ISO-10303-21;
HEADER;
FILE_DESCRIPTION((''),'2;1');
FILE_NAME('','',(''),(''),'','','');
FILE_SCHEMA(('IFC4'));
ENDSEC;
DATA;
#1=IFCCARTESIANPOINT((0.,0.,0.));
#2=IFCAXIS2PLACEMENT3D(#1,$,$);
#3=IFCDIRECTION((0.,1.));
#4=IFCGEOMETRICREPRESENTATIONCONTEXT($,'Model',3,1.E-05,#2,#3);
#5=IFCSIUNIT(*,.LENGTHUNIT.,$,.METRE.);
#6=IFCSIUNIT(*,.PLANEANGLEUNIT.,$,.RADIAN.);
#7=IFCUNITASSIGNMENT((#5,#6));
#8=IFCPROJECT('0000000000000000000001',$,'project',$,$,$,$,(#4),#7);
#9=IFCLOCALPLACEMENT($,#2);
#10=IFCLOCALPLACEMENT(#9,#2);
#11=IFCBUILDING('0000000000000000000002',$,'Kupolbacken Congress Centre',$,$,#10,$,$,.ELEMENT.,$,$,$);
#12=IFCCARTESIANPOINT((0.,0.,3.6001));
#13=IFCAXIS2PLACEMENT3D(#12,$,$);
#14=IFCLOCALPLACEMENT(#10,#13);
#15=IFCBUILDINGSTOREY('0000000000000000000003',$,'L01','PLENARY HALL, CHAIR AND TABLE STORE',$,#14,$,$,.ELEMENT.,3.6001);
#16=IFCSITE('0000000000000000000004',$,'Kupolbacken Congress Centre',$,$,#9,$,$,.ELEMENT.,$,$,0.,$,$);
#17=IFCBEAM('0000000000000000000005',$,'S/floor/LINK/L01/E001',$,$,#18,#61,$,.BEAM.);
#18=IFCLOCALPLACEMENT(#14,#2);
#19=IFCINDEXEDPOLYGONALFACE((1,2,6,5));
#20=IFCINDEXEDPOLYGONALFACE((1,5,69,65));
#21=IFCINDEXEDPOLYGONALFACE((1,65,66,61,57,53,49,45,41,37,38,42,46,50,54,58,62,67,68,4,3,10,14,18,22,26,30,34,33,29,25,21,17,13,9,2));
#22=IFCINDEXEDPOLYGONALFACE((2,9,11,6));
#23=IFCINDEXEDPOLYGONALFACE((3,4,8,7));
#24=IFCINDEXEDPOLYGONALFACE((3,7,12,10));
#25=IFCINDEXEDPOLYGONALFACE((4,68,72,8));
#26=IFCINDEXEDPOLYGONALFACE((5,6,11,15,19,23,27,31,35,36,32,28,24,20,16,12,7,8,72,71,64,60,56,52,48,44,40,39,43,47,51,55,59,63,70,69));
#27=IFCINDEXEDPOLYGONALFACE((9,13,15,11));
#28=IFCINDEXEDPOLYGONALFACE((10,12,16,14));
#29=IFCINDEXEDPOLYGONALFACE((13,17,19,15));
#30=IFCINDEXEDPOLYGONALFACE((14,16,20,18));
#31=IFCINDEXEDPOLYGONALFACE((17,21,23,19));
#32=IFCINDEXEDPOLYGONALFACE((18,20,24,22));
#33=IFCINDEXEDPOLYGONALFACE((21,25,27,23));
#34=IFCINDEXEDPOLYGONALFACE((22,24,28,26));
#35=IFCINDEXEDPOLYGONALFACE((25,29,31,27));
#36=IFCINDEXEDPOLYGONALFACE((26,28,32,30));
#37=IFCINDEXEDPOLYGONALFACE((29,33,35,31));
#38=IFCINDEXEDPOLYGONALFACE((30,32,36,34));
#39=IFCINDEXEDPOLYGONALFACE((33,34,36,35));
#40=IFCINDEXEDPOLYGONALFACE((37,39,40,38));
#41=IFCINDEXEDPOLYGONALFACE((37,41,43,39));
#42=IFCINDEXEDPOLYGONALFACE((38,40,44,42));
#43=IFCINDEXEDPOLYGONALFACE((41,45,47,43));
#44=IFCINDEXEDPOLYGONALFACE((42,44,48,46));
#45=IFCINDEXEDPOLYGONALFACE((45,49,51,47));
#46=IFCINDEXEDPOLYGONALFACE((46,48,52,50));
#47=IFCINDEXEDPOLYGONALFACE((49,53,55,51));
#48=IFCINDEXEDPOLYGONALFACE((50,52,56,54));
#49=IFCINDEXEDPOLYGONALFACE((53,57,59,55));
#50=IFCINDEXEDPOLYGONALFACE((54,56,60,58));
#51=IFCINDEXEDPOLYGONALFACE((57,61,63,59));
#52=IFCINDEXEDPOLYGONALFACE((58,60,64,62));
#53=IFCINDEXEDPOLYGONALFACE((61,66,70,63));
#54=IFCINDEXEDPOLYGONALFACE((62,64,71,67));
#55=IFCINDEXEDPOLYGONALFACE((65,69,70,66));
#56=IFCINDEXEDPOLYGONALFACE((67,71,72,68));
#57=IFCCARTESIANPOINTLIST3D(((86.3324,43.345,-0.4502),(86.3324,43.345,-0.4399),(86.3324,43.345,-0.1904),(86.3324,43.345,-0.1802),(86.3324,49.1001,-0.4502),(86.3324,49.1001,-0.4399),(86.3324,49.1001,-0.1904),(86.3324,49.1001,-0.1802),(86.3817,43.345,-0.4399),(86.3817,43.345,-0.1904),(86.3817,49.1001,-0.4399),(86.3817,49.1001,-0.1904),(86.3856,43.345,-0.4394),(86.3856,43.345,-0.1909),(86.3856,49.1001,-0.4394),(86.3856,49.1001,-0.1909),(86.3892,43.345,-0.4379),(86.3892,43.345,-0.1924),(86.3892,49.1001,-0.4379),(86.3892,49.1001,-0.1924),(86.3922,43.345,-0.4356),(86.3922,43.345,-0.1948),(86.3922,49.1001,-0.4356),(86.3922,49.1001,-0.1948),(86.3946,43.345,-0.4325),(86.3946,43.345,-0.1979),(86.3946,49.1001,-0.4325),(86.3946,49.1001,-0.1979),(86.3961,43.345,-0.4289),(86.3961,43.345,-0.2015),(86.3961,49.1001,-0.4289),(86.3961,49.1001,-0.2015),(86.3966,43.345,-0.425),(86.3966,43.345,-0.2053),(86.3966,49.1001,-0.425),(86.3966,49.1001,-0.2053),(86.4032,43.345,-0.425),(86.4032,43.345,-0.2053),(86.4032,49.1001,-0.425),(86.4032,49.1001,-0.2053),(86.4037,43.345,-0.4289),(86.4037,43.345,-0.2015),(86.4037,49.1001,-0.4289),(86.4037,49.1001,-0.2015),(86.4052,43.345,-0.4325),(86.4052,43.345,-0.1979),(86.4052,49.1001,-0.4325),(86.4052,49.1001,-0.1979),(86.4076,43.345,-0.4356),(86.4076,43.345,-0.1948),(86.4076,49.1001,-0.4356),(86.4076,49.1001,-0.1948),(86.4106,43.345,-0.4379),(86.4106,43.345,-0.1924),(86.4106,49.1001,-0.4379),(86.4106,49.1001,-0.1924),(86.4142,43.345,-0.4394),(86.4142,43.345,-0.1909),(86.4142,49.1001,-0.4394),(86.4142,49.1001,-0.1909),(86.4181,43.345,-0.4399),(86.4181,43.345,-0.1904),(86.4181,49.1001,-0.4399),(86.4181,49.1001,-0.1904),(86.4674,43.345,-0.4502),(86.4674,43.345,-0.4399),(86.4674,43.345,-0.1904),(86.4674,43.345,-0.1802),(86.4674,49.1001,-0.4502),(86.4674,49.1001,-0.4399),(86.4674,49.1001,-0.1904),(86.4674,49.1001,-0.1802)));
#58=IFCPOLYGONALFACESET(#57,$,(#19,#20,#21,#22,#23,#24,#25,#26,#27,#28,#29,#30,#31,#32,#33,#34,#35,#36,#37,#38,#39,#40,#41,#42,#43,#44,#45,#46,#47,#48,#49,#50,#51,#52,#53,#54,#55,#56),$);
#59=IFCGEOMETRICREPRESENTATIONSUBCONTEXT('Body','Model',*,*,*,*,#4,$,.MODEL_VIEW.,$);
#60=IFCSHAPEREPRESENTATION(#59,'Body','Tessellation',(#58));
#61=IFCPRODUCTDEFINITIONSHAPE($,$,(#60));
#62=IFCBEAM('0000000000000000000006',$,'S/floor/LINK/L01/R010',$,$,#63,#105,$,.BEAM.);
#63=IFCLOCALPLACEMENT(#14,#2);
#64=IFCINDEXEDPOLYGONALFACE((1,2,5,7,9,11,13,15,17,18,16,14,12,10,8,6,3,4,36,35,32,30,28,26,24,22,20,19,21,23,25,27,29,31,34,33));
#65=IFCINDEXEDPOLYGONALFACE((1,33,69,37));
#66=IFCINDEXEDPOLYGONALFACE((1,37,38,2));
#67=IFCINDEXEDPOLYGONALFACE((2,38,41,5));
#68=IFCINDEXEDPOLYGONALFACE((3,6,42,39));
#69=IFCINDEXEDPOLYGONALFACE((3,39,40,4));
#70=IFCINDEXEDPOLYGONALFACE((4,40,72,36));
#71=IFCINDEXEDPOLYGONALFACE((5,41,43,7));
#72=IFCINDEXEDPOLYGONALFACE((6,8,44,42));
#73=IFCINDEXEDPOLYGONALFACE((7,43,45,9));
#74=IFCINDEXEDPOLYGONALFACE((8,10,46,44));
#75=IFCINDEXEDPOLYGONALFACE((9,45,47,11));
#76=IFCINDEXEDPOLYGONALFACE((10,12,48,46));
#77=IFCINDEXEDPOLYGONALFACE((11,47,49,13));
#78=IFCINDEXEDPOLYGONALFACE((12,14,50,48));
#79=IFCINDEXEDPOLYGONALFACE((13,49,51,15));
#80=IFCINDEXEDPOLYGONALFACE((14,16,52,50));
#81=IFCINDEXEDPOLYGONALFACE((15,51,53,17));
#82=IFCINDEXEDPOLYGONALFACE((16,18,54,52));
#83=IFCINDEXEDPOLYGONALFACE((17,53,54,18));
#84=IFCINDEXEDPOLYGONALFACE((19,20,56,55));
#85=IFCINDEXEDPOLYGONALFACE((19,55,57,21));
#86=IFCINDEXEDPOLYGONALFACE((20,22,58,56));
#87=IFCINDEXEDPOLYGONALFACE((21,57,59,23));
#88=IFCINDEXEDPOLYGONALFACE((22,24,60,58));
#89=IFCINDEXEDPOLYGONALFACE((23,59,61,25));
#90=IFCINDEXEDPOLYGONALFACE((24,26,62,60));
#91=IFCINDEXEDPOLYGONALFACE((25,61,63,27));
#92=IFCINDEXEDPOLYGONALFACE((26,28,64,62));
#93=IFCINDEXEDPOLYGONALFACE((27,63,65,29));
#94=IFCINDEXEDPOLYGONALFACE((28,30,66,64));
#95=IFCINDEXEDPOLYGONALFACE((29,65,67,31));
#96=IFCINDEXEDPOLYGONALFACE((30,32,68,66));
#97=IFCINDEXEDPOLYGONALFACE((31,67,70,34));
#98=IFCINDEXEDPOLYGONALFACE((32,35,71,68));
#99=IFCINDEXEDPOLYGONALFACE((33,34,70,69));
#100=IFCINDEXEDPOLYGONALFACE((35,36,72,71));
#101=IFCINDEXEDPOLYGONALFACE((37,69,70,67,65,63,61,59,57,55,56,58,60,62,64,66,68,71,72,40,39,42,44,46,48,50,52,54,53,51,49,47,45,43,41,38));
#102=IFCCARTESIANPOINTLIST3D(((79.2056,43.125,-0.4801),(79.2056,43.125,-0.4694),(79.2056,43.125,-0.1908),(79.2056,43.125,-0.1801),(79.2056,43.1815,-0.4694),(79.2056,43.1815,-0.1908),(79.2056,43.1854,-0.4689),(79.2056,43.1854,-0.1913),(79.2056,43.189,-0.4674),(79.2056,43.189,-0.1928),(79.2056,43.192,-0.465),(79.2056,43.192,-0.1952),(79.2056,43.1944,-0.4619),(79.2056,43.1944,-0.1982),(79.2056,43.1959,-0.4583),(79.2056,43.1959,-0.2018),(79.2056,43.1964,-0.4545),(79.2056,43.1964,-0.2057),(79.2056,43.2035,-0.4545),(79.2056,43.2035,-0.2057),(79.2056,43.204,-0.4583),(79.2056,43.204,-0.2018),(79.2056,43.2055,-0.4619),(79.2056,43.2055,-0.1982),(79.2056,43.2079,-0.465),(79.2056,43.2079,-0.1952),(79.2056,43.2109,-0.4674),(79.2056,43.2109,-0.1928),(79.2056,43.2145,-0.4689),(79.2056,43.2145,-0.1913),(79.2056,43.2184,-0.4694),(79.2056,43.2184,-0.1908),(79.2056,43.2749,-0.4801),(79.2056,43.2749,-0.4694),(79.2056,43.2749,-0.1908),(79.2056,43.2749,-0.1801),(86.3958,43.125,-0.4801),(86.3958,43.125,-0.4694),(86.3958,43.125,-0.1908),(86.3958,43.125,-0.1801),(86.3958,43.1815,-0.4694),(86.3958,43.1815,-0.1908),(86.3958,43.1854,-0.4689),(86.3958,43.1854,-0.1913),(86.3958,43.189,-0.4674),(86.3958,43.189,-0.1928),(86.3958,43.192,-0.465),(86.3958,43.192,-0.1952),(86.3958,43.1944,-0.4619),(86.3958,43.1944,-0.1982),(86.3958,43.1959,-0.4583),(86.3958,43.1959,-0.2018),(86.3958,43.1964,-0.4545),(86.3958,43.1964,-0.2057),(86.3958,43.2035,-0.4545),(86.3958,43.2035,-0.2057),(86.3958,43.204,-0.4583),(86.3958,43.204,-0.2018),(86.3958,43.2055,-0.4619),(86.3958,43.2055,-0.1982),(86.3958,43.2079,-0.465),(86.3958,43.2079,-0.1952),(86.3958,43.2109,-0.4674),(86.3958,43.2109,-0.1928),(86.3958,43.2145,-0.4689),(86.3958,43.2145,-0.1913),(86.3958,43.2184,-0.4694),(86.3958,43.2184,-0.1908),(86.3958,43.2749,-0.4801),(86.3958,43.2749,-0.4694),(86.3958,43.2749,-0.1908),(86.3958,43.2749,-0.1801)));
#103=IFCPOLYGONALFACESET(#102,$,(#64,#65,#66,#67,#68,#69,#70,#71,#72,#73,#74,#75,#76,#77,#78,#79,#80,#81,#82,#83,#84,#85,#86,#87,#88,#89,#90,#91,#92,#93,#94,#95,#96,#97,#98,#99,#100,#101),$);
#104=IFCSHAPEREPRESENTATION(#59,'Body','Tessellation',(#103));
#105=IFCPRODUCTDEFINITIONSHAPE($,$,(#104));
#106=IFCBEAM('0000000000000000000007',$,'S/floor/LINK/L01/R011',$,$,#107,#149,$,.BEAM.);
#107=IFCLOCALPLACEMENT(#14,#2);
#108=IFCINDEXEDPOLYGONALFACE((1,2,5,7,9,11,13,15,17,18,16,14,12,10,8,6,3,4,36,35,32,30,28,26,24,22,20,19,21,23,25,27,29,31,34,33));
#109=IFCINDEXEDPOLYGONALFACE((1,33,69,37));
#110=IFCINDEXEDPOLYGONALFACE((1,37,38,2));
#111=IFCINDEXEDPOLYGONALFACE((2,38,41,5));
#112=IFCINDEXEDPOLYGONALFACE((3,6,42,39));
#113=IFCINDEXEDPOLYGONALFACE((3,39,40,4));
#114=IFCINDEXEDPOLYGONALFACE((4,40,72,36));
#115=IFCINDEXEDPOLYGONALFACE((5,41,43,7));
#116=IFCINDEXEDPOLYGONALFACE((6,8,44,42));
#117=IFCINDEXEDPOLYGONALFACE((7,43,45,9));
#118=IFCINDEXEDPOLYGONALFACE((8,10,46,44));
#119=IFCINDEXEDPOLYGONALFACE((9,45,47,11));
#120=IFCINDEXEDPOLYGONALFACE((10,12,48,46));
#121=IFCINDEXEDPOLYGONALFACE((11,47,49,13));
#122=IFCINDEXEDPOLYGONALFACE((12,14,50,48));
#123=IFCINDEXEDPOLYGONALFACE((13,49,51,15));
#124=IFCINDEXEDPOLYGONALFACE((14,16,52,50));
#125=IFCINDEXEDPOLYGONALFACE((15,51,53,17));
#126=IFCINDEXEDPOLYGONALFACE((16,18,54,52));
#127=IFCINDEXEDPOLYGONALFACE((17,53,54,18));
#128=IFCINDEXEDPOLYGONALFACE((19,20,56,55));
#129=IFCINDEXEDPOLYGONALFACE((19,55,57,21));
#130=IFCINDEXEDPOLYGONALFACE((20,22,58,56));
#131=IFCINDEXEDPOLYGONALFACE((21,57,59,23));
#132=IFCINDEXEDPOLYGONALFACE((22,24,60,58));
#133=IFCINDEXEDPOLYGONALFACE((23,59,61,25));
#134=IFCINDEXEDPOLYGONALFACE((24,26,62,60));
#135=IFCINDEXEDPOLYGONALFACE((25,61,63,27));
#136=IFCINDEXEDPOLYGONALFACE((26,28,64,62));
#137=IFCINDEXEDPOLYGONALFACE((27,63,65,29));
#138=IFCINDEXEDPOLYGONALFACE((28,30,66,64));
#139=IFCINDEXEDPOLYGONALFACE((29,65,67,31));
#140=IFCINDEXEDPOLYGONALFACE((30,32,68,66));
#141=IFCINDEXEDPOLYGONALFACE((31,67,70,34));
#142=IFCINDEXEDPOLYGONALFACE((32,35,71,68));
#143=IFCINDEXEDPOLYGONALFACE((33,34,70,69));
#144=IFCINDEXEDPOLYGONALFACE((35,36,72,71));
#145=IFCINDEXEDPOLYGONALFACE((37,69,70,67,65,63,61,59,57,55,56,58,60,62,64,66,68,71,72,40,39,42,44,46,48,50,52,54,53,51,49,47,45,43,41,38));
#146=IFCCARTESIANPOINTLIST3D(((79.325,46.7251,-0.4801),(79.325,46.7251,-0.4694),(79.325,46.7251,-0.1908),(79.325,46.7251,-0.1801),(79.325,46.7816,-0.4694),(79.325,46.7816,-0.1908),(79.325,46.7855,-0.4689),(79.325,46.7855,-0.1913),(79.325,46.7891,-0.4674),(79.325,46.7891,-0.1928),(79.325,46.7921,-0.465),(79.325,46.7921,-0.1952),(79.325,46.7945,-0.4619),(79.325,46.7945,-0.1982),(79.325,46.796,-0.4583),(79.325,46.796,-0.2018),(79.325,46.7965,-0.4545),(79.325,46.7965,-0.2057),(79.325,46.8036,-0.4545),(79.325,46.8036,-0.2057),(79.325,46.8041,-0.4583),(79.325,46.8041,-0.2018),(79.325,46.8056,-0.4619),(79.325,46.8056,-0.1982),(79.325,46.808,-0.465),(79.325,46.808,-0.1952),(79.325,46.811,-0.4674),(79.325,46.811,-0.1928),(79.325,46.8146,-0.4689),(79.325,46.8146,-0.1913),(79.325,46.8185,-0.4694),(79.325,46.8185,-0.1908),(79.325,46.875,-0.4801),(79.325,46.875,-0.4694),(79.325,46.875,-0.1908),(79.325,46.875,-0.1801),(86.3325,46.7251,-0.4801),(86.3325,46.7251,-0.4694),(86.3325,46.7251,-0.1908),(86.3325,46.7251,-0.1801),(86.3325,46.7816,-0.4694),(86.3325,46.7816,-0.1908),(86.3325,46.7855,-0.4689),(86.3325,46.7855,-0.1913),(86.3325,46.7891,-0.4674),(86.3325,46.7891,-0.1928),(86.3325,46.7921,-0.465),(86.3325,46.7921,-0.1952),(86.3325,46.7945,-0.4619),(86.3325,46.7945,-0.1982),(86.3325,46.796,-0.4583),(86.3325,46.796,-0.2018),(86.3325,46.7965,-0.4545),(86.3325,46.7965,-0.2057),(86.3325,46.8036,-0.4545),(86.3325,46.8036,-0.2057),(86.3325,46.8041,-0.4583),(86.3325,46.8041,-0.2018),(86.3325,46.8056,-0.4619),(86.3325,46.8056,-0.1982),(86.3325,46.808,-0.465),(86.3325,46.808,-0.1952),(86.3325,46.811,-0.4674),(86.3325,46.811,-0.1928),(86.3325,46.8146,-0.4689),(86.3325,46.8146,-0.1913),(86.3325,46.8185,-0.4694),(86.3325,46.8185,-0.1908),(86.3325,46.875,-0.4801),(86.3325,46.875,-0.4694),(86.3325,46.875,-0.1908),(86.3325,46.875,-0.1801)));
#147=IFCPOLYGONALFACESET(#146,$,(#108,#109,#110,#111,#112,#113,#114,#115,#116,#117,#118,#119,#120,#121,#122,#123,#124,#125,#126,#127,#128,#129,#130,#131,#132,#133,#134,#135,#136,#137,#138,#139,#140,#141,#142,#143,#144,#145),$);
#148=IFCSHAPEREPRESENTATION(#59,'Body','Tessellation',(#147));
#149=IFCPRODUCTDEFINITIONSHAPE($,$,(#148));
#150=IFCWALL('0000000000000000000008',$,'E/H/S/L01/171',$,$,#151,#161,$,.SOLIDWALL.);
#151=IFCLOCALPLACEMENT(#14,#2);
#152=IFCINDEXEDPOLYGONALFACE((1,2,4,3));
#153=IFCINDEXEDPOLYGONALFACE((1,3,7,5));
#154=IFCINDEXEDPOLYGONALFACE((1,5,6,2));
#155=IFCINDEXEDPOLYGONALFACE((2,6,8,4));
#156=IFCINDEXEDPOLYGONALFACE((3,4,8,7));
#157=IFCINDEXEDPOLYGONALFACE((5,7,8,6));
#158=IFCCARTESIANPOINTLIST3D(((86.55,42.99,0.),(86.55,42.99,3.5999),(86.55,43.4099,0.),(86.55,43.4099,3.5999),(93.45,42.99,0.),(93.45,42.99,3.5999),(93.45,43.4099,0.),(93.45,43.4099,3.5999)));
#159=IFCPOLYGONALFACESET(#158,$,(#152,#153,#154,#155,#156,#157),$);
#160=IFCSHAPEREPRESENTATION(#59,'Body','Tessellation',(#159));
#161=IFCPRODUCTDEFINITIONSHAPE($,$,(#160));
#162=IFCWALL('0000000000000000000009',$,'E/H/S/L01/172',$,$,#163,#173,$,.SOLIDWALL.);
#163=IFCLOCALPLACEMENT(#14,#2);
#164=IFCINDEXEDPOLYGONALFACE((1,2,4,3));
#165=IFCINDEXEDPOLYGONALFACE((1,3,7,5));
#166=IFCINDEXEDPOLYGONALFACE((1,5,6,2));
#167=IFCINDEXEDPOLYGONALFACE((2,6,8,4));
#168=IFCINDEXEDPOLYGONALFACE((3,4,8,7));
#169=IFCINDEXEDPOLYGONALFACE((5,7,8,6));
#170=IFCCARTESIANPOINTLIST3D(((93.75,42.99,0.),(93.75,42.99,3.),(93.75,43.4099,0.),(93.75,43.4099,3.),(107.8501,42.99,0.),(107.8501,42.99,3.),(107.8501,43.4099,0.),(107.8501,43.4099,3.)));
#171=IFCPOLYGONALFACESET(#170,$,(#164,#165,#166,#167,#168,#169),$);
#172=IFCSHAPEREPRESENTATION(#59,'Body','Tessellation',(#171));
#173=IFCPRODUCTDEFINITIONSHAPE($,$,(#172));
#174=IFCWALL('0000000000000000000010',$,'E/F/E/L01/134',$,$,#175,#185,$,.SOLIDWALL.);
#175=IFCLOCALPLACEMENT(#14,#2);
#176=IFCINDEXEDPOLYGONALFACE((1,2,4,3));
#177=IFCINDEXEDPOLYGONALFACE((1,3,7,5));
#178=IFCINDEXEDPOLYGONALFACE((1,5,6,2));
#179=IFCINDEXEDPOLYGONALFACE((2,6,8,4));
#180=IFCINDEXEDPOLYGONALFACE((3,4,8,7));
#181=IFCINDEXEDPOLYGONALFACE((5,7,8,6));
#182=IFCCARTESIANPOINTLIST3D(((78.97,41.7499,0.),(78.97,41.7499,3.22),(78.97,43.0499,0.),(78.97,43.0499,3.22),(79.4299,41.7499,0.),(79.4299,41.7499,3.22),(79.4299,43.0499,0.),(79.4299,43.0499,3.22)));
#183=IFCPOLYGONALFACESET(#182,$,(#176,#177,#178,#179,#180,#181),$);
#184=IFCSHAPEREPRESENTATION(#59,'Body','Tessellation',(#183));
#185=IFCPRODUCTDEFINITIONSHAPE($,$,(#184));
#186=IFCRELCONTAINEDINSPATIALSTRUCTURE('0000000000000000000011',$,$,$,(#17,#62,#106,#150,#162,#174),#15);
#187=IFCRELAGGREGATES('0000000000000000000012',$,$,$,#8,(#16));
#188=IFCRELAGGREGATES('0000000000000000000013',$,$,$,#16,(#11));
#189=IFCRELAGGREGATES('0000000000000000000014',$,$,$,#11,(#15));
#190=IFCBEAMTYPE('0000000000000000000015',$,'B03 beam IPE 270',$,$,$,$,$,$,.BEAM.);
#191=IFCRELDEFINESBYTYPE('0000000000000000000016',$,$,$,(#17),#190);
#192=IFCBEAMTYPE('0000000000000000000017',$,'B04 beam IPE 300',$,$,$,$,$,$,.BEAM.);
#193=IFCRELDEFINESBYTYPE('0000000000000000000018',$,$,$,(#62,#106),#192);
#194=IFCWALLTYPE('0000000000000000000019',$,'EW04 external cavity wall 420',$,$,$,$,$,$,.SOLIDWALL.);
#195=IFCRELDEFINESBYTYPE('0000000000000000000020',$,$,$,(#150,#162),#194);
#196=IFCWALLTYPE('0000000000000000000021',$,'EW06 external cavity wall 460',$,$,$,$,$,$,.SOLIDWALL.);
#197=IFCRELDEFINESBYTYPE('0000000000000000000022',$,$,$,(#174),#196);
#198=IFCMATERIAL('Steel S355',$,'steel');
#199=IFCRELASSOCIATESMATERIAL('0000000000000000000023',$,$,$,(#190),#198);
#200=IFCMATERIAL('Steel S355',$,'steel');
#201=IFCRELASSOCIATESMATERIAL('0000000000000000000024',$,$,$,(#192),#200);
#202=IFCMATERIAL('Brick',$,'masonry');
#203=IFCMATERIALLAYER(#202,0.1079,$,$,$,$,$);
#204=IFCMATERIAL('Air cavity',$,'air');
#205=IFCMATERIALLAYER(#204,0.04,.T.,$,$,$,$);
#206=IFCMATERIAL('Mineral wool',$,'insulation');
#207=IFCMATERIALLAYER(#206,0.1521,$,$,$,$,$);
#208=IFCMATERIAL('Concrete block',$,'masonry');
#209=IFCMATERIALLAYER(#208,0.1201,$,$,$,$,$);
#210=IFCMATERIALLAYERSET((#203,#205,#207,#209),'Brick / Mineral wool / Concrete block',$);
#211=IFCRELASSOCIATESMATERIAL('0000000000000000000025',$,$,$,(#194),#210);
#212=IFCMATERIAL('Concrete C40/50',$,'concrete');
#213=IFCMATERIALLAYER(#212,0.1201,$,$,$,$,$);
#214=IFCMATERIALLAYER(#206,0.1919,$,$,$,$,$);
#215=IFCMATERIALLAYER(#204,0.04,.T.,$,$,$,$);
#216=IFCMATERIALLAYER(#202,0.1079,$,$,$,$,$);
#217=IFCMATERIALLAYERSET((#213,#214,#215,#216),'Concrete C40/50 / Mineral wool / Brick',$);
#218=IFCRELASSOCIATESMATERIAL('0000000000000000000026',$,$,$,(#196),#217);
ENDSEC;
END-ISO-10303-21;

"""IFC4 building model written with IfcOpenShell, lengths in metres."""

from ifc_helpers import new_model, si_unit, direction, frame, frame_2d, origin, origin_2d, place, context, subcontext, project, spatial, rectangle, i_section, extrude, material, layer, layer_set, material_profile, profile_set, type_object, element, save


model = new_model("IFC4")

# Units and contexts
model_context = context("Model", 3, precision=1e-05, world=origin(), true_north=direction((0.0, 1.0)))
body_context = subcontext(model_context, "Body", "Model", "MODEL_VIEW")
ifc_project = project(units=[si_unit("LENGTHUNIT", "METRE"), si_unit("PLANEANGLEUNIT", "RADIAN")], contexts=[model_context])

# Site, building, storey
site_placement = place(None, origin())
site = spatial("IfcSite", under=ifc_project, at=site_placement, Name="Kupolbacken Congress Centre", CompositionType="ELEMENT", RefElevation=0.0)
building_placement = place(site_placement, origin())
building = spatial("IfcBuilding", under=site, at=building_placement, Name="Kupolbacken Congress Centre", CompositionType="ELEMENT")
storey_placement = place(building_placement, frame((0.0, 0.0, 3.6001)))
storey = spatial("IfcBuildingStorey", under=building, at=storey_placement, Name="L01", Description="PLENARY HALL, CHAIR AND TABLE STORE", CompositionType="ELEMENT", Elevation=3.6001)

# Beams
ifc_material_1 = material(Name="Steel S355", Category="steel")
ifc_material_profile_1 = material_profile(ifc_material_1, i_section(OverallWidth=0.135, OverallDepth=0.27, WebThickness=0.0066, FlangeThickness=0.0103, FilletRadius=0.0149, at=origin_2d()), Name="IPE 270")
ifc_profile_set_1 = profile_set([ifc_material_profile_1], Name="Steel S355")
beam_type_1 = type_object("IfcBeamType", Name="B03 beam IPE 270", PredefinedType="BEAM", material=ifc_profile_set_1)
beam_1_placement = place(storey_placement, frame((86.3999, 43.345, -0.3152), z_axis=(0.0, 1.0, 0.0), x_axis=(-1.0, 0.0, 0.0)))
element("IfcBeam", 1, at=beam_1_placement, inside=storey, type_object=beam_type_1, Name="S/floor/LINK/L01/E001", PredefinedType="BEAM", context=body_context, shape_type="SweptSolid", body=[
    extrude(i_section(OverallWidth=0.135, OverallDepth=0.27, WebThickness=0.0066, FlangeThickness=0.0103, FilletRadius=0.0149, at=origin_2d()), origin(), (0.0, 0.0, 1.0), 5.7551),
])
ifc_material_2 = material(Name="Steel S355", Category="steel")
ifc_material_profile_2 = material_profile(ifc_material_2, i_section(OverallWidth=0.1499, OverallDepth=0.3, WebThickness=0.0071, FlangeThickness=0.0107, FilletRadius=0.0149, at=origin_2d()), Name="IPE 300")
ifc_profile_set_2 = profile_set([ifc_material_profile_2], Name="Steel S355")
beam_type_2 = type_object("IfcBeamType", Name="B04 beam IPE 300", PredefinedType="BEAM", material=ifc_profile_set_2)
beam_2_placement = place(storey_placement, frame((79.2056, 43.2, -0.3301), z_axis=(1.0, 0.0, 0.0), x_axis=(0.0, 1.0, 0.0)))
element("IfcBeam", 2, at=beam_2_placement, inside=storey, type_object=beam_type_2, Name="S/floor/LINK/L01/R010", PredefinedType="BEAM", context=body_context, shape_type="SweptSolid", body=[
    extrude(i_section(OverallWidth=0.1499, OverallDepth=0.3, WebThickness=0.0071, FlangeThickness=0.0107, FilletRadius=0.0149, at=origin_2d()), origin(), (0.0, 0.0, 1.0), 7.1902),
])
beam_3_placement = place(storey_placement, frame((79.325, 46.8, -0.3301), z_axis=(1.0, 0.0, 0.0), x_axis=(0.0, 1.0, 0.0)))
element("IfcBeam", 3, at=beam_3_placement, inside=storey, type_object=beam_type_2, Name="S/floor/LINK/L01/R011", PredefinedType="BEAM", context=body_context, shape_type="SweptSolid", body=[
    extrude(i_section(OverallWidth=0.1499, OverallDepth=0.3, WebThickness=0.0071, FlangeThickness=0.0107, FilletRadius=0.0149, at=origin_2d()), origin(), (0.0, 0.0, 1.0), 7.0076),
])

# Walls
ifc_material_3 = material(Name="Brick", Category="masonry")
ifc_layer_1 = layer(ifc_material_3, 0.1079)
ifc_material_4 = material(Name="Air cavity", Category="air")
ifc_layer_2 = layer(ifc_material_4, 0.04, ventilated=True)
ifc_material_5 = material(Name="Mineral wool", Category="insulation")
ifc_layer_3 = layer(ifc_material_5, 0.1521)
ifc_material_6 = material(Name="Concrete block", Category="masonry")
ifc_layer_4 = layer(ifc_material_6, 0.1201)
ifc_layer_set_1 = layer_set([ifc_layer_1, ifc_layer_2, ifc_layer_3, ifc_layer_4], Name="Brick / Mineral wool / Concrete block")
wall_type_1 = type_object("IfcWallType", Name="EW04 external cavity wall 420", PredefinedType="SOLIDWALL", material=ifc_layer_set_1)
wall_1_placement = place(storey_placement, frame((86.55, 43.2, 0.0), z_axis=(0.0, 0.0, 1.0), x_axis=(1.0, 0.0, 0.0)))
element("IfcWall", 4, at=wall_1_placement, inside=storey, type_object=wall_type_1, Name="E/H/S/L01/171", PredefinedType="SOLIDWALL", context=body_context, shape_type="SweptSolid", body=[
    extrude(rectangle(XDim=6.8999, YDim=0.4199, at=frame_2d((3.45, 0.0))), origin(), (0.0, 0.0, 1.0), 3.5999),
])
wall_2_placement = place(storey_placement, frame((93.75, 43.2, 0.0), z_axis=(0.0, 0.0, 1.0), x_axis=(1.0, 0.0, 0.0)))
element("IfcWall", 5, at=wall_2_placement, inside=storey, type_object=wall_type_1, Name="E/H/S/L01/172", PredefinedType="SOLIDWALL", context=body_context, shape_type="SweptSolid", body=[
    extrude(rectangle(XDim=14.1001, YDim=0.4199, at=frame_2d((7.05, 0.0))), origin(), (0.0, 0.0, 1.0), 3.0),
])
ifc_material_7 = material(Name="Concrete C40/50", Category="concrete")
ifc_layer_5 = layer(ifc_material_7, 0.1201)
ifc_layer_6 = layer(ifc_material_5, 0.1919)
ifc_layer_7 = layer(ifc_material_4, 0.04, ventilated=True)
ifc_layer_8 = layer(ifc_material_3, 0.1079)
ifc_layer_set_2 = layer_set([ifc_layer_5, ifc_layer_6, ifc_layer_7, ifc_layer_8], Name="Concrete C40/50 / Mineral wool / Brick")
wall_type_2 = type_object("IfcWallType", Name="EW06 external cavity wall 460", PredefinedType="SOLIDWALL", material=ifc_layer_set_2)
wall_3_placement = place(storey_placement, frame((79.2, 41.75, 0.0), z_axis=(0.0, 0.0, 1.0), x_axis=(0.0, 1.0, 0.0)))
element("IfcWall", 6, at=wall_3_placement, inside=storey, type_object=wall_type_2, Name="E/F/E/L01/134", PredefinedType="SOLIDWALL", context=body_context, shape_type="SweptSolid", body=[
    extrude(rectangle(XDim=1.3, YDim=0.46, at=frame_2d((0.6499, 0.0))), origin(), (0.0, 0.0, 1.0), 3.22),
])

save(model, "model.ifc")
